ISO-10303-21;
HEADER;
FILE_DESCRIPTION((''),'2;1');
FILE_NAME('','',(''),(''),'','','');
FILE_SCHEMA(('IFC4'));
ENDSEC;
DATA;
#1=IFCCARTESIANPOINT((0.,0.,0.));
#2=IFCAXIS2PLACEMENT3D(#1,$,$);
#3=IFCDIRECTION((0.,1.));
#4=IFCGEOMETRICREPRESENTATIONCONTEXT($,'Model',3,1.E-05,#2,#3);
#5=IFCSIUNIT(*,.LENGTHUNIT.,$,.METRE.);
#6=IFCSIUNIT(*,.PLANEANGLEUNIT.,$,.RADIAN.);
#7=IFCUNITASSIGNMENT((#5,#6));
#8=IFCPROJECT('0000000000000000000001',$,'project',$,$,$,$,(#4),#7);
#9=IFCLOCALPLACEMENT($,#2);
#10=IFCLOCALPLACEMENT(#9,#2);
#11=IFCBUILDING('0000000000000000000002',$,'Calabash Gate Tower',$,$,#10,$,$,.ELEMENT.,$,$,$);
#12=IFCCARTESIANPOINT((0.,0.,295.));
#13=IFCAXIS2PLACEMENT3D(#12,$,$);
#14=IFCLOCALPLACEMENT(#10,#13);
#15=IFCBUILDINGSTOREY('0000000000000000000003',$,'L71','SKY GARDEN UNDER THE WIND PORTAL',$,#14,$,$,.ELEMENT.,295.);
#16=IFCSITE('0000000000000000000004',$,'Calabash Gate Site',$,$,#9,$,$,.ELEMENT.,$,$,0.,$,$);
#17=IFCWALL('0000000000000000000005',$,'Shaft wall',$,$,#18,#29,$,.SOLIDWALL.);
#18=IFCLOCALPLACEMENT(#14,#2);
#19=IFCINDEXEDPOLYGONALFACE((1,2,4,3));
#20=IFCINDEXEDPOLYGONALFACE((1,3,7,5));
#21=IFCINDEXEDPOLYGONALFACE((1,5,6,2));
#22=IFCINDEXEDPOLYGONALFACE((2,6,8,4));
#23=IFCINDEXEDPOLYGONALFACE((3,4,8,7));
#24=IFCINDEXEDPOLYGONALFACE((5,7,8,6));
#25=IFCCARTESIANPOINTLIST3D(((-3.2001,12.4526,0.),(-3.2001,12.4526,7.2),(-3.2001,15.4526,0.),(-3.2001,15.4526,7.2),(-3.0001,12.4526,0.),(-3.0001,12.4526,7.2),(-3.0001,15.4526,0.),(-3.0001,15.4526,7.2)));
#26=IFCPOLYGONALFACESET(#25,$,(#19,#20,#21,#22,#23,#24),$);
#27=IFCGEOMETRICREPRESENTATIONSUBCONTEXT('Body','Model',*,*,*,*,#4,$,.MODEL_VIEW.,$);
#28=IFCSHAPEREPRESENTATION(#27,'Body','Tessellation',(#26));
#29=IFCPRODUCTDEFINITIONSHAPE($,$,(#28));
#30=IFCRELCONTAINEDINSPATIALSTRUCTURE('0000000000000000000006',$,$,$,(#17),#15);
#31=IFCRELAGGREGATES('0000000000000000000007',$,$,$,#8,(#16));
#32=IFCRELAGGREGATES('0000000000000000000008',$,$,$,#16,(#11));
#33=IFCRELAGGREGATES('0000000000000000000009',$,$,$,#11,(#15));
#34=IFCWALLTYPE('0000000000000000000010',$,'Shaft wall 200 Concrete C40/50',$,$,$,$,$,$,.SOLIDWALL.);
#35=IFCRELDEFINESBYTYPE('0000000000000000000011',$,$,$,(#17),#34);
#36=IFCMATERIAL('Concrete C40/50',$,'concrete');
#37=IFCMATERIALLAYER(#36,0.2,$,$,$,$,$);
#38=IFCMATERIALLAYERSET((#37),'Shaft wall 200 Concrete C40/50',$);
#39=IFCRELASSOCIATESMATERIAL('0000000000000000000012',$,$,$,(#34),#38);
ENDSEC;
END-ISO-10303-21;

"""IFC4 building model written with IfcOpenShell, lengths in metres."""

from ifc_helpers import new_model, si_unit, direction, frame, frame_2d, origin, place, context, subcontext, project, spatial, rectangle, extrude, material, layer, layer_set, type_object, element, save


model = new_model("IFC4")

# Units and contexts
model_context = context("Model", 3, precision=1e-05, world=origin(), true_north=direction((0.0, 1.0)))
body_context = subcontext(model_context, "Body", "Model", "MODEL_VIEW")
ifc_project = project(units=[si_unit("LENGTHUNIT", "METRE"), si_unit("PLANEANGLEUNIT", "RADIAN")], contexts=[model_context])

# Site, building, storey
site_placement = place(None, origin())
site = spatial("IfcSite", under=ifc_project, at=site_placement, Name="Calabash Gate Site", CompositionType="ELEMENT", RefElevation=0.0)
building_placement = place(site_placement, origin())
building = spatial("IfcBuilding", under=site, at=building_placement, Name="Calabash Gate Tower", CompositionType="ELEMENT")
storey_placement = place(building_placement, frame((0.0, 0.0, 295.0)))
storey = spatial("IfcBuildingStorey", under=building, at=storey_placement, Name="L71", Description="SKY GARDEN UNDER THE WIND PORTAL", CompositionType="ELEMENT", Elevation=295.0)

# Shared definitions
ifc_material_1 = material(Name="Concrete C40/50", Category="concrete")
ifc_layer_1 = layer(ifc_material_1, 0.2)
ifc_layer_set_1 = layer_set([ifc_layer_1], Name="Shaft wall 200 Concrete C40/50")
wall_type_1 = type_object("IfcWallType", Name="Shaft wall 200 Concrete C40/50", PredefinedType="SOLIDWALL", material=ifc_layer_set_1)

# Wall
wall_1_placement = place(storey_placement, frame((-3.1001, 12.4526, 0.0), z_axis=(0.0, 0.0, 1.0), x_axis=(0.0, 1.0, 0.0)))
element("IfcWall", 1, at=wall_1_placement, inside=storey, type_object=wall_type_1, Name="Shaft wall", PredefinedType="SOLIDWALL", context=body_context, shape_type="SweptSolid", body=[
    extrude(rectangle(XDim=3.0, YDim=0.2, at=frame_2d((1.5, 0.0))), origin(), (0.0, 0.0, 1.0), 7.2),
])

save(model, "model.ifc")
